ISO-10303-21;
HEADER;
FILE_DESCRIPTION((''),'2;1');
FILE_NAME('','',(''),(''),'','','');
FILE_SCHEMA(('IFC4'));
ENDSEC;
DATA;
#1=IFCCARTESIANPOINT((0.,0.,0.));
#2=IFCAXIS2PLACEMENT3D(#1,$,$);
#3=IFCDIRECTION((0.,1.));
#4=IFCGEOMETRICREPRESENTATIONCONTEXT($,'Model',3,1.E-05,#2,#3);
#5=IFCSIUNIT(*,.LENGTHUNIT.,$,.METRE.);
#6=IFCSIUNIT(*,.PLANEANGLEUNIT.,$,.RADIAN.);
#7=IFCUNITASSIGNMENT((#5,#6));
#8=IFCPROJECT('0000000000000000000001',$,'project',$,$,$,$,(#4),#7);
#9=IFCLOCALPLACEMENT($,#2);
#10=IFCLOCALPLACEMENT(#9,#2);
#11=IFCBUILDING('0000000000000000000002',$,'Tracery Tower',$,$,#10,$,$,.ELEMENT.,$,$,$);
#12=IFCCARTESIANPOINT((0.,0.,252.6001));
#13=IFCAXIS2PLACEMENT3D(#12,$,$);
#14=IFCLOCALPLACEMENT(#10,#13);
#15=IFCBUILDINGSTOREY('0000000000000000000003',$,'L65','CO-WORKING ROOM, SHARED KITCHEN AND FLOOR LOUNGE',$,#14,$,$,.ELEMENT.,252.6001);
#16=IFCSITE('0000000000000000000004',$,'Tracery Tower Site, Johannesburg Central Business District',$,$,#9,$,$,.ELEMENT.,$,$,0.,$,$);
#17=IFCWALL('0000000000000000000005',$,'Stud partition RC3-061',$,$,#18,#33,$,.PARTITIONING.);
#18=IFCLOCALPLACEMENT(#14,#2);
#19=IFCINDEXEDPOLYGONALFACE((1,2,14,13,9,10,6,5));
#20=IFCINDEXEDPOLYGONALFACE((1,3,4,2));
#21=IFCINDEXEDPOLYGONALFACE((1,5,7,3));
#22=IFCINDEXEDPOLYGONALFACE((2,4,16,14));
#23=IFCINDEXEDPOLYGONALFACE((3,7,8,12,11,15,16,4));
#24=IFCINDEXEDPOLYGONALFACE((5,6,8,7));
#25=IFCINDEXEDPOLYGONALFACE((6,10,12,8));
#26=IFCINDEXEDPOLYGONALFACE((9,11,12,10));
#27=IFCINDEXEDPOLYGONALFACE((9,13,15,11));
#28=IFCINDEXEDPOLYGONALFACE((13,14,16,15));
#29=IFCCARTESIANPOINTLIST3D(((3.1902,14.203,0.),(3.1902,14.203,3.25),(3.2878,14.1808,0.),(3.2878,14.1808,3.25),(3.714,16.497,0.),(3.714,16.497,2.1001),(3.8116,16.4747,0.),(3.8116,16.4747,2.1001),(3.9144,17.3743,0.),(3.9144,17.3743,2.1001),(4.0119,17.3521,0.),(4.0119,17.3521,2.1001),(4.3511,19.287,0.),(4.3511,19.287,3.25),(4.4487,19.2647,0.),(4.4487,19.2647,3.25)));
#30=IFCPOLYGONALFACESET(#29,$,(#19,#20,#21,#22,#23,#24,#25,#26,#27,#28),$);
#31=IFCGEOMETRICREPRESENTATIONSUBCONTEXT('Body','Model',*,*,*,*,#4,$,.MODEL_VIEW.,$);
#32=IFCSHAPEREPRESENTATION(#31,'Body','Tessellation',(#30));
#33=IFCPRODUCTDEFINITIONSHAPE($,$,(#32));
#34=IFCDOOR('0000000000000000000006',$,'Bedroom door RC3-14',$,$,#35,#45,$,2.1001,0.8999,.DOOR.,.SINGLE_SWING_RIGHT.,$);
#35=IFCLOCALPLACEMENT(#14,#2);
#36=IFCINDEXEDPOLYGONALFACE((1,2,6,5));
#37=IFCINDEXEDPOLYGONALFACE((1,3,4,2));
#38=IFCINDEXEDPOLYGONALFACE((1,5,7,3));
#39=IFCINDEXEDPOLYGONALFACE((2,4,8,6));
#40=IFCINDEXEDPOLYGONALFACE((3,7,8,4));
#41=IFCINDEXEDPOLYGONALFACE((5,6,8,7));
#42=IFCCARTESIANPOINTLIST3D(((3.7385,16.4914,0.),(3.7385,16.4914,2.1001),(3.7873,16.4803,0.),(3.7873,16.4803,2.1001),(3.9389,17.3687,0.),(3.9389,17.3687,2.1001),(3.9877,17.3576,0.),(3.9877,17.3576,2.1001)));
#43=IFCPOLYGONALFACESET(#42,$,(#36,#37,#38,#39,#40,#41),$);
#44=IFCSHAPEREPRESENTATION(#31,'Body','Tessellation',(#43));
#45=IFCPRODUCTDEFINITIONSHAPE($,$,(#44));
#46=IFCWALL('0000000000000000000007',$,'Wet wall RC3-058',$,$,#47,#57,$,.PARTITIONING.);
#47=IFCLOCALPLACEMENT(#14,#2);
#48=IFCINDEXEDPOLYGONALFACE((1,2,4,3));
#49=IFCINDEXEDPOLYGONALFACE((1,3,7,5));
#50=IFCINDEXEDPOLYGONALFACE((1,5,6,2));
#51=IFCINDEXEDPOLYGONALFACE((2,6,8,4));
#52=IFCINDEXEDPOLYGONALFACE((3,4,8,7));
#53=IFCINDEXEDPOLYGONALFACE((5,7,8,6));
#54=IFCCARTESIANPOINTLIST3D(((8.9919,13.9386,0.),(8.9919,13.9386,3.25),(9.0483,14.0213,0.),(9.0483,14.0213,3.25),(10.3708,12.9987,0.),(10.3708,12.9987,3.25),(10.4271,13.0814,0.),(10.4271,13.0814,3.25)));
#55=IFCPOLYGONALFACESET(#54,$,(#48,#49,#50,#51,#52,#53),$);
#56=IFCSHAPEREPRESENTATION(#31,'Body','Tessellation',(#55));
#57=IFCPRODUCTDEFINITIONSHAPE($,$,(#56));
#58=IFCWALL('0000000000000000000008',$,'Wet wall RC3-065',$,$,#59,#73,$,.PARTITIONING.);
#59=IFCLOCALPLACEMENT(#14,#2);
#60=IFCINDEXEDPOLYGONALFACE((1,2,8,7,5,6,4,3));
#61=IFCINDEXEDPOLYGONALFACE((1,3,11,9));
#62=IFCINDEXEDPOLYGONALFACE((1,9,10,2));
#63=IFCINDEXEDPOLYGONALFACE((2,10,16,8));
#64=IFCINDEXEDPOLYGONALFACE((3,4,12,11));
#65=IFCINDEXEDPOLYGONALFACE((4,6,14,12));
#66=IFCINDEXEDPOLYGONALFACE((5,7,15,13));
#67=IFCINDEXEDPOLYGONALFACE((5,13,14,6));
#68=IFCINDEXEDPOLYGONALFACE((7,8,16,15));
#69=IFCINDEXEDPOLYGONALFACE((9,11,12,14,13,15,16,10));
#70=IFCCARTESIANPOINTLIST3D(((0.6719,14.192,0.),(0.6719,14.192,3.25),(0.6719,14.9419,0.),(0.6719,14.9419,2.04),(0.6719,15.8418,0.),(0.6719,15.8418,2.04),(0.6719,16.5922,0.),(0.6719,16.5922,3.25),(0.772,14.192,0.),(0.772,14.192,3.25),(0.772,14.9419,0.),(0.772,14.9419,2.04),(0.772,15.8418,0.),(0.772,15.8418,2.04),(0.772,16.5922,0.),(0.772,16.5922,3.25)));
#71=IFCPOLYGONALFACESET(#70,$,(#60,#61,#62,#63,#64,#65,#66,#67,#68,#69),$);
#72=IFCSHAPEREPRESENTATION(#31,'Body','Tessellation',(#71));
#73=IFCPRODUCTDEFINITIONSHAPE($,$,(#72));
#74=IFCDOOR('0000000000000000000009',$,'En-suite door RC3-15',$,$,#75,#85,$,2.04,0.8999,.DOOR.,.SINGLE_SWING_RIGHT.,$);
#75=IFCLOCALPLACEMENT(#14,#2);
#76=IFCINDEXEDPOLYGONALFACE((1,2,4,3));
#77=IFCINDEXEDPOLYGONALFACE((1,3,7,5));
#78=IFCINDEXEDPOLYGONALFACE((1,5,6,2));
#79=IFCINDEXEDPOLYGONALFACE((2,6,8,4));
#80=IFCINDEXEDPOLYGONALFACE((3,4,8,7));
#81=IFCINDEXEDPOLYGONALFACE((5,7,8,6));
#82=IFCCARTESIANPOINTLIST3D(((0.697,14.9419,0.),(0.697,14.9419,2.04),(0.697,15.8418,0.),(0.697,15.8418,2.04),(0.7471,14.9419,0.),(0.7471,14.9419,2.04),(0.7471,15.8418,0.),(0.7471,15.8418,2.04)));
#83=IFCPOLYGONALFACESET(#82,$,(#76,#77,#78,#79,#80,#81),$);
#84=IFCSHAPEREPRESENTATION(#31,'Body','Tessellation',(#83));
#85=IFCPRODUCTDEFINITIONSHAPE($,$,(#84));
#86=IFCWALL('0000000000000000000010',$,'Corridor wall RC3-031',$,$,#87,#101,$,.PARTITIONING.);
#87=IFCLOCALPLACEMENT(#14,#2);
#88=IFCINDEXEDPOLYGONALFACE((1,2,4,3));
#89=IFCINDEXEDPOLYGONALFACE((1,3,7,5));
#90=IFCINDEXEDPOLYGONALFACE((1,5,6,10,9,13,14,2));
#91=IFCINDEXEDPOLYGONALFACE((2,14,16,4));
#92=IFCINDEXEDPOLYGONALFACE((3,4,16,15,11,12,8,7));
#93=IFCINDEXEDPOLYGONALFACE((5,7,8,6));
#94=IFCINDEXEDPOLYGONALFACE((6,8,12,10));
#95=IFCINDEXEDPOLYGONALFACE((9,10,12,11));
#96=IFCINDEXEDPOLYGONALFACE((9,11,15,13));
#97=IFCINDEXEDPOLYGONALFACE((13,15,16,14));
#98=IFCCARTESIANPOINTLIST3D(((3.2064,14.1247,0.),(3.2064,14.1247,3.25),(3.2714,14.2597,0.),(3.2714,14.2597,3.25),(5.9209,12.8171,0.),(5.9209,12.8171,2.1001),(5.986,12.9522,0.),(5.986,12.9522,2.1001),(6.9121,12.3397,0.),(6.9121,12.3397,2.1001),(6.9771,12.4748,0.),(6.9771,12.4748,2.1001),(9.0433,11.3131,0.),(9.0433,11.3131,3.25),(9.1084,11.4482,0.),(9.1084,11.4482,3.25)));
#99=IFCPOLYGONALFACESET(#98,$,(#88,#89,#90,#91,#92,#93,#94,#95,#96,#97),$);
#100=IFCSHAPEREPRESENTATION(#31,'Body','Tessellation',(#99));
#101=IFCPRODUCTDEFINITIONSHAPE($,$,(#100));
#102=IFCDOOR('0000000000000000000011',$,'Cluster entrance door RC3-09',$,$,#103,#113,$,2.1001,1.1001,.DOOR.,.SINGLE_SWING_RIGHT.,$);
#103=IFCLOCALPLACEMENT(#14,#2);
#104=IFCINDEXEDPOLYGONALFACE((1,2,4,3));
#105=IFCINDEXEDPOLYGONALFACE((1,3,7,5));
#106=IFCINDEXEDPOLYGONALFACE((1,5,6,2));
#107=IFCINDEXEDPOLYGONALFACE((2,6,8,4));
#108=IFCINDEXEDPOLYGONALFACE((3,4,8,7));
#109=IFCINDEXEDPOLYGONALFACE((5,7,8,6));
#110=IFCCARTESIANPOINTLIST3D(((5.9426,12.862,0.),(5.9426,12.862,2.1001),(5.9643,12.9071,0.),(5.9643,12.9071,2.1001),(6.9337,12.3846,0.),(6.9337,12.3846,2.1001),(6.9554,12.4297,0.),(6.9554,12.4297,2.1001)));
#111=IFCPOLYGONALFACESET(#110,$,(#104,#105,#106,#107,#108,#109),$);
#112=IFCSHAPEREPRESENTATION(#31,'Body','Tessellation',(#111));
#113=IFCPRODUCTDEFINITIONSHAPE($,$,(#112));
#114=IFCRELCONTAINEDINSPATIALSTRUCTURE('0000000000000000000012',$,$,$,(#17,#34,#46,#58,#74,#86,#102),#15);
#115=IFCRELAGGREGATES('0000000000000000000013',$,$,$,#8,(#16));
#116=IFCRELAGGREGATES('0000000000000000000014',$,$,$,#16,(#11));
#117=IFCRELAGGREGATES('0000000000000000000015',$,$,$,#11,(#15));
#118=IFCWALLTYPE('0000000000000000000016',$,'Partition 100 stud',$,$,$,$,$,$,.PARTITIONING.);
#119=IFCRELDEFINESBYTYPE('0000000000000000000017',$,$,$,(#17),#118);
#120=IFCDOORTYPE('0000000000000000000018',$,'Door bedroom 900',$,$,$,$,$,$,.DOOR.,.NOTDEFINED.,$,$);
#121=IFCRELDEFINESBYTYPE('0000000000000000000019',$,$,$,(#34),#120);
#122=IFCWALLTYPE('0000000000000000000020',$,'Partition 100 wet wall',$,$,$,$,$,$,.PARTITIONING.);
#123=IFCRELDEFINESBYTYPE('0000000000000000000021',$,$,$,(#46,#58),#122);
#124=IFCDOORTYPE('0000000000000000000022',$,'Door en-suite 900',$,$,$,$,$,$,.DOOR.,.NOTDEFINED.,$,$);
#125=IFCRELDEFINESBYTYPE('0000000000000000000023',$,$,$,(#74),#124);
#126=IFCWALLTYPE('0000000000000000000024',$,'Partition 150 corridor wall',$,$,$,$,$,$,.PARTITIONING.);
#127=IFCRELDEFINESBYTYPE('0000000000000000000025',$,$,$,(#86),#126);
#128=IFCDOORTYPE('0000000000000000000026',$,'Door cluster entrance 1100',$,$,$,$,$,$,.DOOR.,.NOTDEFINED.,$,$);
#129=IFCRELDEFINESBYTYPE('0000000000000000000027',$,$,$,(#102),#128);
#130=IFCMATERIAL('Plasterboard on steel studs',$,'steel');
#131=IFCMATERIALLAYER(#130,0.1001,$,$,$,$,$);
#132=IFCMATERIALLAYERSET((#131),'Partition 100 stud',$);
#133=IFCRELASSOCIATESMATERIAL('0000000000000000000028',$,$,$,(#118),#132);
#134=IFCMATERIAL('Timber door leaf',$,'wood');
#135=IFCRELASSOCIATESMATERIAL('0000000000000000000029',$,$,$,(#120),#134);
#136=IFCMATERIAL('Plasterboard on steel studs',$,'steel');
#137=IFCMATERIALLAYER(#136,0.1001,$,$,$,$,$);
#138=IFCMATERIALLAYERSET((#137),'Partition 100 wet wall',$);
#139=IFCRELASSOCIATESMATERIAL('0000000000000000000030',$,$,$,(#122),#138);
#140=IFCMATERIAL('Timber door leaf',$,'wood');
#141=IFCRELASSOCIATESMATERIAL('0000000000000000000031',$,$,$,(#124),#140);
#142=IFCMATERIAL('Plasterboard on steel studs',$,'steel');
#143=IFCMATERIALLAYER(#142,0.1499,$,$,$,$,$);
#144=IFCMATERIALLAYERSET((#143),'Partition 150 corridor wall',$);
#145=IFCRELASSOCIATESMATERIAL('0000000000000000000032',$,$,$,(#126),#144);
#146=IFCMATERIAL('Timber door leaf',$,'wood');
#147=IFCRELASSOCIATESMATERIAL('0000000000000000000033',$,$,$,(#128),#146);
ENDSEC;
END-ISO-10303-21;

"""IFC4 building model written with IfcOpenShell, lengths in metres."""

from ifc_helpers import new_model, si_unit, direction, frame, frame_2d, origin, place, context, subcontext, project, spatial, rectangle, extrude, material, layer, layer_set, type_object, element, fill, save


model = new_model("IFC4")

# Units and contexts
model_context = context("Model", 3, precision=1e-05, world=origin(), true_north=direction((0.0, 1.0)))
body_context = subcontext(model_context, "Body", "Model", "MODEL_VIEW")
ifc_project = project(units=[si_unit("LENGTHUNIT", "METRE"), si_unit("PLANEANGLEUNIT", "RADIAN")], contexts=[model_context])

# Site, building, storey
site_placement = place(None, origin())
site = spatial("IfcSite", under=ifc_project, at=site_placement, Name="Tracery Tower Site, Johannesburg Central Business District", CompositionType="ELEMENT", RefElevation=0.0)
building_placement = place(site_placement, origin())
building = spatial("IfcBuilding", under=site, at=building_placement, Name="Tracery Tower", CompositionType="ELEMENT")
storey_placement = place(building_placement, frame((0.0, 0.0, 252.6001)))
storey = spatial("IfcBuildingStorey", under=building, at=storey_placement, Name="L65", Description="CO-WORKING ROOM, SHARED KITCHEN AND FLOOR LOUNGE", CompositionType="ELEMENT", Elevation=252.6001)

# Wall, opening, door
ifc_material_1 = material(Name="Plasterboard on steel studs", Category="steel")
ifc_layer_1 = layer(ifc_material_1, 0.1001)
ifc_layer_set_1 = layer_set([ifc_layer_1], Name="Partition 100 stud")
wall_type_1 = type_object("IfcWallType", Name="Partition 100 stud", PredefinedType="PARTITIONING", material=ifc_layer_set_1)
wall_1_placement = place(storey_placement, frame((3.239, 14.1919, 0.0), z_axis=(0.0, 0.0, 1.0), x_axis=(0.222613, 0.974907, 0.0)))
wall_1 = element("IfcWall", 1, at=wall_1_placement, inside=storey, type_object=wall_type_1, Name="Stud partition RC3-061", PredefinedType="PARTITIONING", context=body_context, shape_type="SweptSolid", body=[
    extrude(rectangle(XDim=5.2148, YDim=0.1001, at=frame_2d((2.6074, 0.0))), origin(), (0.0, 0.0, 1.0), 3.25),
])
opening_1_placement = place(wall_1_placement, frame((2.353, 0.0, 0.0)))
opening_1 = element("IfcOpeningElement", 2, at=opening_1_placement, cuts=wall_1, PredefinedType="OPENING", context=body_context, shape_type="SweptSolid", body=[
    extrude(rectangle(XDim=0.8999, YDim=2.1001, at=frame_2d((0.45, 1.05))), frame((0.0, 0.05, 0.0), z_axis=(0.0, -1.0, 0.0), x_axis=(1.0, 0.0, 0.0)), (0.0, 0.0, 1.0), 0.1001),
])
ifc_material_2 = material(Name="Timber door leaf", Category="wood")
door_type_1 = type_object("IfcDoorType", Name="Door bedroom 900", OperationType="NOTDEFINED", PredefinedType="DOOR", material=ifc_material_2)
door_1_placement = place(opening_1_placement, origin())
door_1 = element("IfcDoor", 3, at=door_1_placement, inside=storey, type_object=door_type_1, Name="Bedroom door RC3-14", OperationType="SINGLE_SWING_RIGHT", OverallHeight=2.1001, OverallWidth=0.8999, PredefinedType="DOOR", context=body_context, shape_type="SweptSolid", body=[
    extrude(rectangle(XDim=0.8999, YDim=2.1001, at=frame_2d((0.45, 1.05))), frame((0.0, 0.0249, 0.0), z_axis=(0.0, -1.0, 0.0), x_axis=(1.0, 0.0, 0.0)), (0.0, 0.0, 1.0), 0.05),
])
fill(opening_1, door_1)

# Wall
ifc_material_3 = material(Name="Plasterboard on steel studs", Category="steel")
ifc_layer_2 = layer(ifc_material_3, 0.1001)
ifc_layer_set_2 = layer_set([ifc_layer_2], Name="Partition 100 wet wall")
wall_type_2 = type_object("IfcWallType", Name="Partition 100 wet wall", PredefinedType="PARTITIONING", material=ifc_layer_set_2)
wall_2_placement = place(storey_placement, frame((9.02, 13.98, 0.0), z_axis=(0.0, 0.0, 1.0), x_axis=(0.826289, -0.563246, 0.0)))
element("IfcWall", 4, at=wall_2_placement, inside=storey, type_object=wall_type_2, Name="Wet wall RC3-058", PredefinedType="PARTITIONING", context=body_context, shape_type="SweptSolid", body=[
    extrude(rectangle(XDim=1.6687, YDim=0.1001, at=frame_2d((0.8345, 0.0))), origin(), (0.0, 0.0, 1.0), 3.25),
])

# Walls, openings, doors
wall_3_placement = place(storey_placement, frame((0.7219, 14.1919, 0.0), z_axis=(0.0, 0.0, 1.0), x_axis=(0.0, 1.0, 0.0)))
wall_3 = element("IfcWall", 5, at=wall_3_placement, inside=storey, type_object=wall_type_2, Name="Wet wall RC3-065", PredefinedType="PARTITIONING", context=body_context, shape_type="SweptSolid", body=[
    extrude(rectangle(XDim=2.4001, YDim=0.1001, at=frame_2d((1.2002, 0.0))), origin(), (0.0, 0.0, 1.0), 3.25),
])
opening_2_placement = place(wall_3_placement, frame((0.75, 0.0, 0.0)))
opening_2 = element("IfcOpeningElement", 6, at=opening_2_placement, cuts=wall_3, PredefinedType="OPENING", context=body_context, shape_type="SweptSolid", body=[
    extrude(rectangle(XDim=0.8999, YDim=2.04, at=frame_2d((0.45, 1.02))), frame((0.0, 0.05, 0.0), z_axis=(0.0, -1.0, 0.0), x_axis=(1.0, 0.0, 0.0)), (0.0, 0.0, 1.0), 0.1001),
])
ifc_material_4 = material(Name="Timber door leaf", Category="wood")
door_type_2 = type_object("IfcDoorType", Name="Door en-suite 900", OperationType="NOTDEFINED", PredefinedType="DOOR", material=ifc_material_4)
door_2_placement = place(opening_2_placement, origin())
door_2 = element("IfcDoor", 7, at=door_2_placement, inside=storey, type_object=door_type_2, Name="En-suite door RC3-15", OperationType="SINGLE_SWING_RIGHT", OverallHeight=2.04, OverallWidth=0.8999, PredefinedType="DOOR", context=body_context, shape_type="SweptSolid", body=[
    extrude(rectangle(XDim=0.8999, YDim=2.04, at=frame_2d((0.45, 1.02))), frame((0.0, 0.0249, 0.0), z_axis=(0.0, -1.0, 0.0), x_axis=(1.0, 0.0, 0.0)), (0.0, 0.0, 1.0), 0.05),
])
fill(opening_2, door_2)
ifc_material_5 = material(Name="Plasterboard on steel studs", Category="steel")
ifc_layer_3 = layer(ifc_material_5, 0.1499)
ifc_layer_set_3 = layer_set([ifc_layer_3], Name="Partition 150 corridor wall")
wall_type_3 = type_object("IfcWallType", Name="Partition 150 corridor wall", PredefinedType="PARTITIONING", material=ifc_layer_set_3)
wall_4_placement = place(storey_placement, frame((3.239, 14.1921, 0.0), z_axis=(0.0, 0.0, 1.0), x_axis=(0.900932, -0.433961, 0.0)))
wall_4 = element("IfcWall", 8, at=wall_4_placement, inside=storey, type_object=wall_type_3, Name="Corridor wall RC3-031", PredefinedType="PARTITIONING", context=body_context, shape_type="SweptSolid", body=[
    extrude(rectangle(XDim=6.4788, YDim=0.1499, at=frame_2d((3.2393, 0.0))), origin(), (0.0, 0.0, 1.0), 3.25),
])
opening_3_placement = place(wall_4_placement, frame((3.0129, 0.0, 0.0)))
opening_3 = element("IfcOpeningElement", 9, at=opening_3_placement, cuts=wall_4, PredefinedType="OPENING", context=body_context, shape_type="SweptSolid", body=[
    extrude(rectangle(XDim=1.1001, YDim=2.1001, at=frame_2d((0.55, 1.05))), frame((0.0, 0.075, 0.0), z_axis=(0.0, -1.0, 0.0), x_axis=(1.0, 0.0, 0.0)), (0.0, 0.0, 1.0), 0.1499),
])
ifc_material_6 = material(Name="Timber door leaf", Category="wood")
door_type_3 = type_object("IfcDoorType", Name="Door cluster entrance 1100", OperationType="NOTDEFINED", PredefinedType="DOOR", material=ifc_material_6)
door_3_placement = place(opening_3_placement, origin())
door_3 = element("IfcDoor", 10, at=door_3_placement, inside=storey, type_object=door_type_3, Name="Cluster entrance door RC3-09", OperationType="SINGLE_SWING_RIGHT", OverallHeight=2.1001, OverallWidth=1.1001, PredefinedType="DOOR", context=body_context, shape_type="SweptSolid", body=[
    extrude(rectangle(XDim=1.1001, YDim=2.1001, at=frame_2d((0.55, 1.05))), frame((0.0, 0.0249, 0.0), z_axis=(0.0, -1.0, 0.0), x_axis=(1.0, 0.0, 0.0)), (0.0, 0.0, 1.0), 0.05),
])
fill(opening_3, door_3)

save(model, "model.ifc")
